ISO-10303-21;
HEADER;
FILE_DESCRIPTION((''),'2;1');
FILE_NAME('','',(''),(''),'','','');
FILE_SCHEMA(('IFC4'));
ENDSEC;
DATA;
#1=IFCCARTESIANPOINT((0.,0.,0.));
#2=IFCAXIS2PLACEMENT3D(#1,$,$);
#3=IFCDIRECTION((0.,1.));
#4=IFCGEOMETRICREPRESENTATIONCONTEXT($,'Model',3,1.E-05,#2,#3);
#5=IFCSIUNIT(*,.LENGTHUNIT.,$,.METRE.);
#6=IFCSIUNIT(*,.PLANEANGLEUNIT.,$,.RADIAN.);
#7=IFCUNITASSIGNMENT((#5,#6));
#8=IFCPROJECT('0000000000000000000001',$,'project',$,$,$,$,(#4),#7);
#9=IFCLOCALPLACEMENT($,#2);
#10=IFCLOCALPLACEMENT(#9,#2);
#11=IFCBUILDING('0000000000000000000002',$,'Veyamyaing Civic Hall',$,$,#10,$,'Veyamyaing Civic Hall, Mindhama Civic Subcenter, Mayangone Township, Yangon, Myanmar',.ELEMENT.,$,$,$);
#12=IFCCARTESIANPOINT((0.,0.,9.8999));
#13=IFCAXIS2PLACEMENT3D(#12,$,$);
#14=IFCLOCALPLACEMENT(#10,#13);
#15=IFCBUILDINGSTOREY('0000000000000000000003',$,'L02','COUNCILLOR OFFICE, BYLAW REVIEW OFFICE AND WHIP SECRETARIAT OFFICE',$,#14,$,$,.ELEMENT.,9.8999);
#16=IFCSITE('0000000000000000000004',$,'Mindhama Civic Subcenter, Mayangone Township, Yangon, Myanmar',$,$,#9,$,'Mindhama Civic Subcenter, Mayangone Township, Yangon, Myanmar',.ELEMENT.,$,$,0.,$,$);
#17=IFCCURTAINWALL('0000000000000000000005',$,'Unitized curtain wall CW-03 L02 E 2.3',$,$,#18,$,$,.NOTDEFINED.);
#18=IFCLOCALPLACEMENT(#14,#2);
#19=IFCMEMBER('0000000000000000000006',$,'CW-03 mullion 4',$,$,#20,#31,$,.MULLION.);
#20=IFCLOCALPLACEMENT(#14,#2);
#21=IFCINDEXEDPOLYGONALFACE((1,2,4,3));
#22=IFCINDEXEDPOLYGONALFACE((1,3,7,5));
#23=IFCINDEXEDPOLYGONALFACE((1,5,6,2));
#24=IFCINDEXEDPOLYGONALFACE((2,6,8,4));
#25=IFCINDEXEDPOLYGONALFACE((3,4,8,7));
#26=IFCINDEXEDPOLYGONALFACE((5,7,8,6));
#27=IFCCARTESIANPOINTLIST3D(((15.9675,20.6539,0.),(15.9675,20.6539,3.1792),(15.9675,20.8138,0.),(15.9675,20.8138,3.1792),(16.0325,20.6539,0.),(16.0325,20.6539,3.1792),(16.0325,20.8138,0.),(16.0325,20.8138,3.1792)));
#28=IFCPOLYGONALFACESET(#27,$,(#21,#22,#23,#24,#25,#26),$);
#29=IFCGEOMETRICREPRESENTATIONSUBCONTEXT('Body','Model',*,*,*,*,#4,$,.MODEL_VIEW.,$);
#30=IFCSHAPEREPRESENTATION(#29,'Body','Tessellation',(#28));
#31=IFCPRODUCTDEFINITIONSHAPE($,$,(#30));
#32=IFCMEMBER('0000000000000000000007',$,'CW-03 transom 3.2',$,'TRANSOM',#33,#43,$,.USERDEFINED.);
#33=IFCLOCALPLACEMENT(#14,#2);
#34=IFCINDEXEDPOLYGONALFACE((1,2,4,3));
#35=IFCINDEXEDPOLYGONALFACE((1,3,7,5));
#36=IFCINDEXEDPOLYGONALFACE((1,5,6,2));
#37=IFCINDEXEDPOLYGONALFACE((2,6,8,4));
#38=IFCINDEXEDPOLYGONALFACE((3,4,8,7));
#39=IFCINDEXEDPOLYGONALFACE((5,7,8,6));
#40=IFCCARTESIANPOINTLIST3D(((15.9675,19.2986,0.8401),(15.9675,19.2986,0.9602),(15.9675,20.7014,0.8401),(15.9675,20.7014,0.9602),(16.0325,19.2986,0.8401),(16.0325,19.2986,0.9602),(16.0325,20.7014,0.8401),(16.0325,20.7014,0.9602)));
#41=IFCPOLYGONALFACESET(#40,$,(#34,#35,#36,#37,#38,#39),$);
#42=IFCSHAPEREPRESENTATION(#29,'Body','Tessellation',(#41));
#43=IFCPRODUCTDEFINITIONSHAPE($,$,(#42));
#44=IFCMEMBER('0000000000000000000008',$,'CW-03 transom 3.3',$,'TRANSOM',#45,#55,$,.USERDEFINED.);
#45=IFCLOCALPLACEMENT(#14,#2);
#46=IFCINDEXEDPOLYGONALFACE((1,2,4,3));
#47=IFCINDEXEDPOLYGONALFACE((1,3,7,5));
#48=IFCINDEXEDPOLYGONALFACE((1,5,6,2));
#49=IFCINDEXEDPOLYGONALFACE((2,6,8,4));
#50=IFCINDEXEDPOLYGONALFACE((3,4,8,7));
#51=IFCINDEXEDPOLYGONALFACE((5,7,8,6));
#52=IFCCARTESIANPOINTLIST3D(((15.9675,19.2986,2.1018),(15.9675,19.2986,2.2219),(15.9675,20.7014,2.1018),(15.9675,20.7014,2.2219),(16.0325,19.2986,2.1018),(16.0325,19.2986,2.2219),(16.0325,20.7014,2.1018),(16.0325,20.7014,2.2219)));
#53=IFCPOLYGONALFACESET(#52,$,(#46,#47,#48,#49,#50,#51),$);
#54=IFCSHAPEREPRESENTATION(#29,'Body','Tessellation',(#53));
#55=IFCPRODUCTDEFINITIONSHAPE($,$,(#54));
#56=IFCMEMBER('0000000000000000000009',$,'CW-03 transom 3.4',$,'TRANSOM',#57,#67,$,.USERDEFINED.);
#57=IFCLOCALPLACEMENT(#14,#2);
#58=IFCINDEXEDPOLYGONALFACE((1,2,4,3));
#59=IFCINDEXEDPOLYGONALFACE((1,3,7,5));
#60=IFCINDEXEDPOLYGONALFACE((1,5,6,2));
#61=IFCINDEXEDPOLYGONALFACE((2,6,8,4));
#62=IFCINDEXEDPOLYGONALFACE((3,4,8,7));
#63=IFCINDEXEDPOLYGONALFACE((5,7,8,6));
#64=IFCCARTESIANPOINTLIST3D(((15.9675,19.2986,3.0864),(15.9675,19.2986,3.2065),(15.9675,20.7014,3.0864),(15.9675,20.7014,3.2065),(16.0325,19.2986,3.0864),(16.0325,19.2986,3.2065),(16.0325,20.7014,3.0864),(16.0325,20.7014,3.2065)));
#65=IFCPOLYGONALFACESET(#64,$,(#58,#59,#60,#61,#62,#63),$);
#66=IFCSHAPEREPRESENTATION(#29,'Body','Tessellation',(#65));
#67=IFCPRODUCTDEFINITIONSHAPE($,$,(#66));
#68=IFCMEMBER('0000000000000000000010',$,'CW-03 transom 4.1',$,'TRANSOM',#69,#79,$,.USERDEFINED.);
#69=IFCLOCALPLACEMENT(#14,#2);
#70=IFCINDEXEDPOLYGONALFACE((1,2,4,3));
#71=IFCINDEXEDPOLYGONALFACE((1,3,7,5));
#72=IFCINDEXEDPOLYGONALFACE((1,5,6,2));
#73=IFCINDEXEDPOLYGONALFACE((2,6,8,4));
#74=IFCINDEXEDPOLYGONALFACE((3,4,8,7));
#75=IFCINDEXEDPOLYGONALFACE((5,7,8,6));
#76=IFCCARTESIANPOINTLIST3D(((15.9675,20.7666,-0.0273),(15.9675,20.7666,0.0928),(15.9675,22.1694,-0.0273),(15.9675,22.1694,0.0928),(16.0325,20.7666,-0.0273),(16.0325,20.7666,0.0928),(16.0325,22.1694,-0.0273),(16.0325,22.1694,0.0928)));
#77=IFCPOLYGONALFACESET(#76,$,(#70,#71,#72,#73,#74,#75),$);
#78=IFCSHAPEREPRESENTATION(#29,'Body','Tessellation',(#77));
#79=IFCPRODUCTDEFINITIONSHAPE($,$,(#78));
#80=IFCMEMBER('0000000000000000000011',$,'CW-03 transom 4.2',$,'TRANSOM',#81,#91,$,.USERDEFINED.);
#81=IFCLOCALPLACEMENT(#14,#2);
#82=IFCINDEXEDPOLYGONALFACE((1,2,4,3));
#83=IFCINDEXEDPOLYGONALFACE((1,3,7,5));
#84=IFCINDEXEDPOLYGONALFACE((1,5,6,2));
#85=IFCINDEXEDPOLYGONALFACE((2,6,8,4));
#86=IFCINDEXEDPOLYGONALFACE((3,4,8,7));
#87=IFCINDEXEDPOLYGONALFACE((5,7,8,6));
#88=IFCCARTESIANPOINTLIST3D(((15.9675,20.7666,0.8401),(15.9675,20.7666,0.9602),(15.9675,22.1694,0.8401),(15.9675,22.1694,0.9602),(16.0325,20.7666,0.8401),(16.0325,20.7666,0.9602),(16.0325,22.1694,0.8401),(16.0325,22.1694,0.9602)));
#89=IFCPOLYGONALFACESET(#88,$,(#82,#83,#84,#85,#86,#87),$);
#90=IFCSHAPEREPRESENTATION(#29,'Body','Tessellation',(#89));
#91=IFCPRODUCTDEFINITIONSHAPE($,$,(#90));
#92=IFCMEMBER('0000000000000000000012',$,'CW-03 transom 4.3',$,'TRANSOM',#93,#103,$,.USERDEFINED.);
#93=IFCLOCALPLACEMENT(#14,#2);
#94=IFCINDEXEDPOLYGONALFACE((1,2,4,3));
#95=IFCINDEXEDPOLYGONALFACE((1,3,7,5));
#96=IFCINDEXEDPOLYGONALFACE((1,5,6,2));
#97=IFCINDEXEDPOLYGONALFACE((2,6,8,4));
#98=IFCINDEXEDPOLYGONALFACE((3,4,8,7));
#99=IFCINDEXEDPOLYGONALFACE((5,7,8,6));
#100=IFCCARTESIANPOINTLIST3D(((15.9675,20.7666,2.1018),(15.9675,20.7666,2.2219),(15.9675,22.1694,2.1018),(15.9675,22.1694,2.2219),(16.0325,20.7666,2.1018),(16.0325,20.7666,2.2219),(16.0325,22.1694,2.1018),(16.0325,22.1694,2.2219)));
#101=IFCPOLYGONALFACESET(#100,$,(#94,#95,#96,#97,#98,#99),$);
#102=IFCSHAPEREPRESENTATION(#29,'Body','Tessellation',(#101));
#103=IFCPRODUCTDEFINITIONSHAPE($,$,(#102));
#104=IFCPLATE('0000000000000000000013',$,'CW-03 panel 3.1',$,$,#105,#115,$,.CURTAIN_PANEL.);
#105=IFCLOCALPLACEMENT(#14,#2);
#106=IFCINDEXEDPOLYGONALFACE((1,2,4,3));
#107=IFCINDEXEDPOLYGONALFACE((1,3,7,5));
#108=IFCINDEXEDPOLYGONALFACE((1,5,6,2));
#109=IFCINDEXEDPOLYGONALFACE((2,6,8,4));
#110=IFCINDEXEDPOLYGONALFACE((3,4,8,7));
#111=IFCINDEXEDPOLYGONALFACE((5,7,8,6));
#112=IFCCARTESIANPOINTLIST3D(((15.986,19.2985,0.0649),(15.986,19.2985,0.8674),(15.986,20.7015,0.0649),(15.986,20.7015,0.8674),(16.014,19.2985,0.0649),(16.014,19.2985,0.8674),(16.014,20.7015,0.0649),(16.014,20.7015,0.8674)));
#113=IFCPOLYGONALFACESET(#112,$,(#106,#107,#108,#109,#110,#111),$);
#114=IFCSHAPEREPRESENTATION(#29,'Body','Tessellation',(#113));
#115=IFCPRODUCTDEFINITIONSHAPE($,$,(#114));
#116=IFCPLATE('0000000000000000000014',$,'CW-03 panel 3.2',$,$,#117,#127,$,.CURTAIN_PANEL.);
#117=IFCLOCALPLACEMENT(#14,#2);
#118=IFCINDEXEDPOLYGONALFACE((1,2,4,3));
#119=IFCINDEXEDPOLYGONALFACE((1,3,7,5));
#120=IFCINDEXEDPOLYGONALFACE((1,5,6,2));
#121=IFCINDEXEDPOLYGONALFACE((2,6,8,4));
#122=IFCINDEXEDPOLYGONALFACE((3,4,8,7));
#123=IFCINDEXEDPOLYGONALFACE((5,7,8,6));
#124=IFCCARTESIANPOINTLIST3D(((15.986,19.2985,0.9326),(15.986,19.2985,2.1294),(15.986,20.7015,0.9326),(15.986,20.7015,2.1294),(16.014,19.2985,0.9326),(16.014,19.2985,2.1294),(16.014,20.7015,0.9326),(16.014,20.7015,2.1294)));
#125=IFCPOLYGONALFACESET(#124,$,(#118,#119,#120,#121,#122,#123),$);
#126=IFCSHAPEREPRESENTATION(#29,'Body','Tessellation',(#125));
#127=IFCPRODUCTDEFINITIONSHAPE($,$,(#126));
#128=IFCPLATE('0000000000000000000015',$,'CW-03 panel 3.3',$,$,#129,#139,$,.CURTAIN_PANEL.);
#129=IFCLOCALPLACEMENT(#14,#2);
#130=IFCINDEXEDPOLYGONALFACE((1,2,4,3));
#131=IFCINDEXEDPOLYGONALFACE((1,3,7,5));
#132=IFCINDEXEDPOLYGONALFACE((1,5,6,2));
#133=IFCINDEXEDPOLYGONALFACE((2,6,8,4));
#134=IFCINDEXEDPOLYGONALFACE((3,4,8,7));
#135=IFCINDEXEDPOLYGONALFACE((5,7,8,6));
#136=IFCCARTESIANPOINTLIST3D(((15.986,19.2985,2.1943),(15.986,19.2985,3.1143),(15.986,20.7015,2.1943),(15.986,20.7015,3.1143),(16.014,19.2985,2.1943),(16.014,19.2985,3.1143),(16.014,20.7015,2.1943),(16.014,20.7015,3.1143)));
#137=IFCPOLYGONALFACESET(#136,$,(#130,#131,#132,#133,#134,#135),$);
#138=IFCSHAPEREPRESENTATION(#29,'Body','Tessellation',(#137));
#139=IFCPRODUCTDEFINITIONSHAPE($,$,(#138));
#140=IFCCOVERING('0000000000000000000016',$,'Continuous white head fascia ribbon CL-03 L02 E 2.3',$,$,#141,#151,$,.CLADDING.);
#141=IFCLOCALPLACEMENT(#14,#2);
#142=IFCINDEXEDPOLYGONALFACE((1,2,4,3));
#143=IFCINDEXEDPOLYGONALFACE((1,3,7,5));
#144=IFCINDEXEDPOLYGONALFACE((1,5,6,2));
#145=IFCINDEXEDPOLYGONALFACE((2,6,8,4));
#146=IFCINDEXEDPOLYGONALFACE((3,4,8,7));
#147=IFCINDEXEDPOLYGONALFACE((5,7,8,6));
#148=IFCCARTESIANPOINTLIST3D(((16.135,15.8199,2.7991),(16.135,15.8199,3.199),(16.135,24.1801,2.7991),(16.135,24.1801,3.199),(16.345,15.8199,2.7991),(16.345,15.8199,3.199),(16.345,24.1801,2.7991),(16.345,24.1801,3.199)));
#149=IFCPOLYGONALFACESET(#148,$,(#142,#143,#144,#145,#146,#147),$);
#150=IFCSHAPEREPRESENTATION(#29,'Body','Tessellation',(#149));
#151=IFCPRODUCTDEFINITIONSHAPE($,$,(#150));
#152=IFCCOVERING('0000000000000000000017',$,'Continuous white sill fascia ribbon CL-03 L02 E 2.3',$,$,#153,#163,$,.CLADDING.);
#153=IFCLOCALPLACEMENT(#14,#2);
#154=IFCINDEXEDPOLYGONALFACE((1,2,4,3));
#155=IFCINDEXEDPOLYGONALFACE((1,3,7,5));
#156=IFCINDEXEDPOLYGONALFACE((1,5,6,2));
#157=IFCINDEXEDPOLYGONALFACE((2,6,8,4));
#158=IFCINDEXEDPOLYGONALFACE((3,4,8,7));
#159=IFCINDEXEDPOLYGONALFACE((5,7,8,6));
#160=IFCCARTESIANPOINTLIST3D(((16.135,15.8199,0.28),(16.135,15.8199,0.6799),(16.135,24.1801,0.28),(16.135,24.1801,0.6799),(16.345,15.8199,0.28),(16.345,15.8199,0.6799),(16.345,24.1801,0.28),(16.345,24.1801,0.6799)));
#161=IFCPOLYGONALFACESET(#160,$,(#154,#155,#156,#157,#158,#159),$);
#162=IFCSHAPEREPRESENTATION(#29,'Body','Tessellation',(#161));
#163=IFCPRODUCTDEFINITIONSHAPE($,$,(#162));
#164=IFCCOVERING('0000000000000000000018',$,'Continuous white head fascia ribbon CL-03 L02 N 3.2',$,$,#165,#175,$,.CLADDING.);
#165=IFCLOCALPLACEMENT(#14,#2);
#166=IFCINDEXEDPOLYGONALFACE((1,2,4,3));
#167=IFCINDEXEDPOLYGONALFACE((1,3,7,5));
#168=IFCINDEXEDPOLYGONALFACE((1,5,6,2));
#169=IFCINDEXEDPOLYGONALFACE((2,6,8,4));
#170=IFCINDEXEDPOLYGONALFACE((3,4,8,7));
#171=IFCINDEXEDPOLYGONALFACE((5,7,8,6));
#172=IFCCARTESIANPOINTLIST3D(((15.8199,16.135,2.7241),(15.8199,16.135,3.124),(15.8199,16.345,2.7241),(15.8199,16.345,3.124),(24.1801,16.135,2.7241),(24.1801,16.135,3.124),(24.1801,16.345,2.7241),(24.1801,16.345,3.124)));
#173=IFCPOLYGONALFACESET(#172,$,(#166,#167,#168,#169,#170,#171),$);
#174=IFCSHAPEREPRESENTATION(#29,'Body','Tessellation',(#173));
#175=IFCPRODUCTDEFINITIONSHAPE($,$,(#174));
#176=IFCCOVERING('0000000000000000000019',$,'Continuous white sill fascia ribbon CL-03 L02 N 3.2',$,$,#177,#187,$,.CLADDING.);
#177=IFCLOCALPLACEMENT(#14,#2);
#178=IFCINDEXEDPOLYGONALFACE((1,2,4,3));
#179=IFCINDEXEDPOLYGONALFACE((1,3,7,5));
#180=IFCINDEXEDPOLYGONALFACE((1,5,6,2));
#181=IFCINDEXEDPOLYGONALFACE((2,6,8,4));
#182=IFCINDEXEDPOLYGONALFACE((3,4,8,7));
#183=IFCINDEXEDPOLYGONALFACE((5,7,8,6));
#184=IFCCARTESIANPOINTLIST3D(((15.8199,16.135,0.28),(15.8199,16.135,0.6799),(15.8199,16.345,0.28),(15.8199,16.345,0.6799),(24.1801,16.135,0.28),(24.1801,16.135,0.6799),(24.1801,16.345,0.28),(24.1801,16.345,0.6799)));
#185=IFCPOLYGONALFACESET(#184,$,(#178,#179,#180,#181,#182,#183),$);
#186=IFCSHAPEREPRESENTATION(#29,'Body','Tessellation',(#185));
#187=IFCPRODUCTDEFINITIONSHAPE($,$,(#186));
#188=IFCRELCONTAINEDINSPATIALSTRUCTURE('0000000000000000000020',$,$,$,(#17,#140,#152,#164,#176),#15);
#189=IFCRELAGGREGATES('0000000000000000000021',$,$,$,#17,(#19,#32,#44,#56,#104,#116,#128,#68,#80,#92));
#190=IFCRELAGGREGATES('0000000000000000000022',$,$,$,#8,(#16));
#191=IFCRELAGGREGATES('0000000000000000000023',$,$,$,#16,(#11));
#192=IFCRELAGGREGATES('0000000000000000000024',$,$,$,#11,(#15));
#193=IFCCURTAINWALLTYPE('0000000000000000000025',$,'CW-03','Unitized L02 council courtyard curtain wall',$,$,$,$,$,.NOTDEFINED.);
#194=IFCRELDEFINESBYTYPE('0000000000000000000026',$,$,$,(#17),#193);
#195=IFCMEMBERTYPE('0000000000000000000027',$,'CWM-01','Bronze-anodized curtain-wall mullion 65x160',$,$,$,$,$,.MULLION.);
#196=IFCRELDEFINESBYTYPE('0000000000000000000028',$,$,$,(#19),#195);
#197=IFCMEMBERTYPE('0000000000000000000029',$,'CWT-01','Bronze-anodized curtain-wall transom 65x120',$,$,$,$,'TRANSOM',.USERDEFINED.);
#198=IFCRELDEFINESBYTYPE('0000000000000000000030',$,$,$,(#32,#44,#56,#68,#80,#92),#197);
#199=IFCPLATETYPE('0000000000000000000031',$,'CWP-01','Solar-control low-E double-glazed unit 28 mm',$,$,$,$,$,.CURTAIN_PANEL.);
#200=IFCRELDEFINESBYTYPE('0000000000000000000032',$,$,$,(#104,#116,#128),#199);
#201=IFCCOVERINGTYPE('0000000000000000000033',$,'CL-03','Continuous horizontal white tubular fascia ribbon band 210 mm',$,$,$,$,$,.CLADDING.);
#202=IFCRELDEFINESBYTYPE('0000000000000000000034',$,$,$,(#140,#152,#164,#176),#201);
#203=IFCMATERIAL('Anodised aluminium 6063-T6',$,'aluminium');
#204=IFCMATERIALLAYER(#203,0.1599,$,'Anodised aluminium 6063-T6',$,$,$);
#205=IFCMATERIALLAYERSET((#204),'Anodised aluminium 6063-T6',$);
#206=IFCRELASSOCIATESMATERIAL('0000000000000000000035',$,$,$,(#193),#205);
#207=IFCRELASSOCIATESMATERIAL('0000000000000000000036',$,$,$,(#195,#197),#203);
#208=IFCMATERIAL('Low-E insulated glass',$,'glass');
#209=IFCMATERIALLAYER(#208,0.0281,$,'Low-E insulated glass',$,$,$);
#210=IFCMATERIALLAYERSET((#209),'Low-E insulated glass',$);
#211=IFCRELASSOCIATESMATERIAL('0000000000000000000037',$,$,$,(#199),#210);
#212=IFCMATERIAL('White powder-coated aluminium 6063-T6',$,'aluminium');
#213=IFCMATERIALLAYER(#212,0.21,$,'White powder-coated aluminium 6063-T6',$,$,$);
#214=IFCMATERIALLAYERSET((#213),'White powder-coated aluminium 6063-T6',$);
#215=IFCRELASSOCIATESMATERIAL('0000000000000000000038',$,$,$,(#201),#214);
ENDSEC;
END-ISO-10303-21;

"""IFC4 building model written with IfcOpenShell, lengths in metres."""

from ifc_helpers import new_model, si_unit, direction, frame, origin, origin_2d, place, context, subcontext, project, spatial, rectangle, extrude, material, layer, layer_set, material_profile, profile_set, type_object, element, aggregate, save


model = new_model("IFC4")

# Units and contexts
model_context = context("Model", 3, precision=1e-05, world=origin(), true_north=direction((0.0, 1.0)))
body_context = subcontext(model_context, "Body", "Model", "MODEL_VIEW")
ifc_project = project(units=[si_unit("LENGTHUNIT", "METRE"), si_unit("PLANEANGLEUNIT", "RADIAN")], contexts=[model_context])

# Site, building, storey
site_placement = place(None, origin())
site = spatial("IfcSite", under=ifc_project, at=site_placement, Name="Mindhama Civic Subcenter, Mayangone Township, Yangon, Myanmar", LongName="Mindhama Civic Subcenter, Mayangone Township, Yangon, Myanmar", CompositionType="ELEMENT", RefElevation=0.0)
building_placement = place(site_placement, origin())
building = spatial("IfcBuilding", under=site, at=building_placement, Name="Veyamyaing Civic Hall", LongName="Veyamyaing Civic Hall, Mindhama Civic Subcenter, Mayangone Township, Yangon, Myanmar", CompositionType="ELEMENT")
storey_placement = place(building_placement, frame((0.0, 0.0, 9.8999)))
storey = spatial("IfcBuildingStorey", under=building, at=storey_placement, Name="L02", Description="COUNCILLOR OFFICE, BYLAW REVIEW OFFICE AND WHIP SECRETARIAT OFFICE", CompositionType="ELEMENT", Elevation=9.8999)

# Curtain wall, members, plates
ifc_material_1 = material(Name="Anodised aluminium 6063-T6", Category="aluminium")
ifc_layer_1 = layer(ifc_material_1, 0.1599, Name="Anodised aluminium 6063-T6")
ifc_layer_set_1 = layer_set([ifc_layer_1], Name="Anodised aluminium 6063-T6")
curtain_wall_type = type_object("IfcCurtainWallType", Name="CW-03", Description="Unitized L02 council courtyard curtain wall", PredefinedType="NOTDEFINED", material=ifc_layer_set_1)
curtain_wall_placement = place(storey_placement, origin())
curtain_wall = element("IfcCurtainWall", 1, at=curtain_wall_placement, inside=storey, type_object=curtain_wall_type, Name="Unitized curtain wall CW-03 L02 E 2.3", PredefinedType="NOTDEFINED")
ifc_material_profile_1 = material_profile(ifc_material_1, rectangle(XDim=0.0649, YDim=0.1599, at=origin_2d()), Name="ALU-MUL-65X160")
ifc_profile_set_1 = profile_set([ifc_material_profile_1], Name="Anodised aluminium 6063-T6")
member_type_1 = type_object("IfcMemberType", Name="CWM-01", Description="Bronze-anodized curtain-wall mullion 65x160", PredefinedType="MULLION", material=ifc_profile_set_1)
member_1_placement = place(storey_placement, frame((16.0, 20.7339, 0.0), z_axis=(0.0, 0.0, 1.0), x_axis=(-1.0, 0.0, 0.0)))
member_1 = element("IfcMember", 2, at=member_1_placement, type_object=member_type_1, Name="CW-03 mullion 4", PredefinedType="MULLION", context=body_context, shape_type="SweptSolid", body=[
    extrude(rectangle(XDim=0.0649, YDim=0.1599, at=origin_2d()), origin(), (0.0, 0.0, 1.0), 3.1792),
])
ifc_material_profile_2 = material_profile(ifc_material_1, rectangle(XDim=0.0649, YDim=0.1201, at=origin_2d()), Name="ALU-TRN-65X120")
ifc_profile_set_2 = profile_set([ifc_material_profile_2], Name="Anodised aluminium 6063-T6")
member_type_2 = type_object("IfcMemberType", Name="CWT-01", Description="Bronze-anodized curtain-wall transom 65x120", ElementType="TRANSOM", PredefinedType="USERDEFINED", material=ifc_profile_set_2)
member_2_placement = place(storey_placement, frame((16.0, 19.2986, 0.9001), z_axis=(0.0, 1.0, 0.0), x_axis=(-1.0, 0.0, 0.0)))
member_2 = element("IfcMember", 3, at=member_2_placement, type_object=member_type_2, Name="CW-03 transom 3.2", ObjectType="TRANSOM", PredefinedType="USERDEFINED", context=body_context, shape_type="SweptSolid", body=[
    extrude(rectangle(XDim=0.0649, YDim=0.1201, at=origin_2d()), origin(), (0.0, 0.0, 1.0), 1.4028),
])
member_3_placement = place(storey_placement, frame((16.0, 19.2986, 2.1619), z_axis=(0.0, 1.0, 0.0), x_axis=(-1.0, 0.0, 0.0)))
member_3 = element("IfcMember", 4, at=member_3_placement, type_object=member_type_2, Name="CW-03 transom 3.3", ObjectType="TRANSOM", PredefinedType="USERDEFINED", context=body_context, shape_type="SweptSolid", body=[
    extrude(rectangle(XDim=0.0649, YDim=0.1201, at=origin_2d()), origin(), (0.0, 0.0, 1.0), 1.4028),
])
member_4_placement = place(storey_placement, frame((16.0, 19.2986, 3.1465), z_axis=(0.0, 1.0, 0.0), x_axis=(-1.0, 0.0, 0.0)))
member_4 = element("IfcMember", 5, at=member_4_placement, type_object=member_type_2, Name="CW-03 transom 3.4", ObjectType="TRANSOM", PredefinedType="USERDEFINED", context=body_context, shape_type="SweptSolid", body=[
    extrude(rectangle(XDim=0.0649, YDim=0.1201, at=origin_2d()), origin(), (0.0, 0.0, 1.0), 1.4028),
])
member_5_placement = place(storey_placement, frame((16.0, 20.7666, 0.0327), z_axis=(0.0, 1.0, 0.0), x_axis=(-1.0, 0.0, 0.0)))
member_5 = element("IfcMember", 6, at=member_5_placement, type_object=member_type_2, Name="CW-03 transom 4.1", ObjectType="TRANSOM", PredefinedType="USERDEFINED", context=body_context, shape_type="SweptSolid", body=[
    extrude(rectangle(XDim=0.0649, YDim=0.1201, at=origin_2d()), origin(), (0.0, 0.0, 1.0), 1.4028),
])
member_6_placement = place(storey_placement, frame((16.0, 20.7666, 0.9001), z_axis=(0.0, 1.0, 0.0), x_axis=(-1.0, 0.0, 0.0)))
member_6 = element("IfcMember", 7, at=member_6_placement, type_object=member_type_2, Name="CW-03 transom 4.2", ObjectType="TRANSOM", PredefinedType="USERDEFINED", context=body_context, shape_type="SweptSolid", body=[
    extrude(rectangle(XDim=0.0649, YDim=0.1201, at=origin_2d()), origin(), (0.0, 0.0, 1.0), 1.4028),
])
member_7_placement = place(storey_placement, frame((16.0, 20.7666, 2.1619), z_axis=(0.0, 1.0, 0.0), x_axis=(-1.0, 0.0, 0.0)))
member_7 = element("IfcMember", 8, at=member_7_placement, type_object=member_type_2, Name="CW-03 transom 4.3", ObjectType="TRANSOM", PredefinedType="USERDEFINED", context=body_context, shape_type="SweptSolid", body=[
    extrude(rectangle(XDim=0.0649, YDim=0.1201, at=origin_2d()), origin(), (0.0, 0.0, 1.0), 1.4028),
])
ifc_material_2 = material(Name="Low-E insulated glass", Category="glass")
ifc_layer_2 = layer(ifc_material_2, 0.0281, Name="Low-E insulated glass")
ifc_layer_set_2 = layer_set([ifc_layer_2], Name="Low-E insulated glass")
plate_type = type_object("IfcPlateType", Name="CWP-01", Description="Solar-control low-E double-glazed unit 28 mm", PredefinedType="CURTAIN_PANEL", material=ifc_layer_set_2)
plate_1_placement = place(storey_placement, frame((16.0, 20.0, 0.0649), z_axis=(0.0, 0.0, 1.0), x_axis=(0.0, 1.0, 0.0)))
plate_1 = element("IfcPlate", 9, at=plate_1_placement, type_object=plate_type, Name="CW-03 panel 3.1", PredefinedType="CURTAIN_PANEL", context=body_context, shape_type="SweptSolid", body=[
    extrude(rectangle(XDim=1.4031, YDim=0.0281, at=origin_2d()), origin(), (0.0, 0.0, 1.0), 0.8025),
])
plate_2_placement = place(storey_placement, frame((16.0, 20.0, 0.9326), z_axis=(0.0, 0.0, 1.0), x_axis=(0.0, 1.0, 0.0)))
plate_2 = element("IfcPlate", 10, at=plate_2_placement, type_object=plate_type, Name="CW-03 panel 3.2", PredefinedType="CURTAIN_PANEL", context=body_context, shape_type="SweptSolid", body=[
    extrude(rectangle(XDim=1.4031, YDim=0.0281, at=origin_2d()), origin(), (0.0, 0.0, 1.0), 1.1968),
])
plate_3_placement = place(storey_placement, frame((16.0, 20.0, 2.1943), z_axis=(0.0, 0.0, 1.0), x_axis=(0.0, 1.0, 0.0)))
plate_3 = element("IfcPlate", 11, at=plate_3_placement, type_object=plate_type, Name="CW-03 panel 3.3", PredefinedType="CURTAIN_PANEL", context=body_context, shape_type="SweptSolid", body=[
    extrude(rectangle(XDim=1.4031, YDim=0.0281, at=origin_2d()), origin(), (0.0, 0.0, 1.0), 0.9199),
])
aggregate(curtain_wall, [member_1, member_2, member_3, member_4, plate_1, plate_2, plate_3, member_5, member_6, member_7])

# Coverings
ifc_material_3 = material(Name="White powder-coated aluminium 6063-T6", Category="aluminium")
ifc_layer_3 = layer(ifc_material_3, 0.21, Name="White powder-coated aluminium 6063-T6")
ifc_layer_set_3 = layer_set([ifc_layer_3], Name="White powder-coated aluminium 6063-T6")
covering_type = type_object("IfcCoveringType", Name="CL-03", Description="Continuous horizontal white tubular fascia ribbon band 210 mm", PredefinedType="CLADDING", material=ifc_layer_set_3)
for number, where, z_axis, x_axis, name in (
    (12, (16.24, 20.0, 2.7991), (0.0, 0.0, 1.0), (0.0, 1.0, 0.0), "Continuous white head fascia ribbon CL-03 L02 E 2.3"),
    (13, (16.24, 20.0, 0.28), (0.0, 0.0, 1.0), (0.0, 1.0, 0.0), "Continuous white sill fascia ribbon CL-03 L02 E 2.3"),
    (14, (20.0, 16.24, 2.7241), (0.0, 0.0, 1.0), (1.0, 0.0, 0.0), "Continuous white head fascia ribbon CL-03 L02 N 3.2"),
    (15, (20.0, 16.24, 0.28), (0.0, 0.0, 1.0), (1.0, 0.0, 0.0), "Continuous white sill fascia ribbon CL-03 L02 N 3.2"),
):
    element("IfcCovering", number, at=place(storey_placement, frame(where, z_axis=z_axis, x_axis=x_axis)), inside=storey, type_object=covering_type, Name=name, PredefinedType="CLADDING", context=body_context, shape_type="SweptSolid", body=[
        extrude(rectangle(XDim=8.3601, YDim=0.21, at=origin_2d()), origin(), (0.0, 0.0, 1.0), 0.3999),
    ])

save(model, "model.ifc")
